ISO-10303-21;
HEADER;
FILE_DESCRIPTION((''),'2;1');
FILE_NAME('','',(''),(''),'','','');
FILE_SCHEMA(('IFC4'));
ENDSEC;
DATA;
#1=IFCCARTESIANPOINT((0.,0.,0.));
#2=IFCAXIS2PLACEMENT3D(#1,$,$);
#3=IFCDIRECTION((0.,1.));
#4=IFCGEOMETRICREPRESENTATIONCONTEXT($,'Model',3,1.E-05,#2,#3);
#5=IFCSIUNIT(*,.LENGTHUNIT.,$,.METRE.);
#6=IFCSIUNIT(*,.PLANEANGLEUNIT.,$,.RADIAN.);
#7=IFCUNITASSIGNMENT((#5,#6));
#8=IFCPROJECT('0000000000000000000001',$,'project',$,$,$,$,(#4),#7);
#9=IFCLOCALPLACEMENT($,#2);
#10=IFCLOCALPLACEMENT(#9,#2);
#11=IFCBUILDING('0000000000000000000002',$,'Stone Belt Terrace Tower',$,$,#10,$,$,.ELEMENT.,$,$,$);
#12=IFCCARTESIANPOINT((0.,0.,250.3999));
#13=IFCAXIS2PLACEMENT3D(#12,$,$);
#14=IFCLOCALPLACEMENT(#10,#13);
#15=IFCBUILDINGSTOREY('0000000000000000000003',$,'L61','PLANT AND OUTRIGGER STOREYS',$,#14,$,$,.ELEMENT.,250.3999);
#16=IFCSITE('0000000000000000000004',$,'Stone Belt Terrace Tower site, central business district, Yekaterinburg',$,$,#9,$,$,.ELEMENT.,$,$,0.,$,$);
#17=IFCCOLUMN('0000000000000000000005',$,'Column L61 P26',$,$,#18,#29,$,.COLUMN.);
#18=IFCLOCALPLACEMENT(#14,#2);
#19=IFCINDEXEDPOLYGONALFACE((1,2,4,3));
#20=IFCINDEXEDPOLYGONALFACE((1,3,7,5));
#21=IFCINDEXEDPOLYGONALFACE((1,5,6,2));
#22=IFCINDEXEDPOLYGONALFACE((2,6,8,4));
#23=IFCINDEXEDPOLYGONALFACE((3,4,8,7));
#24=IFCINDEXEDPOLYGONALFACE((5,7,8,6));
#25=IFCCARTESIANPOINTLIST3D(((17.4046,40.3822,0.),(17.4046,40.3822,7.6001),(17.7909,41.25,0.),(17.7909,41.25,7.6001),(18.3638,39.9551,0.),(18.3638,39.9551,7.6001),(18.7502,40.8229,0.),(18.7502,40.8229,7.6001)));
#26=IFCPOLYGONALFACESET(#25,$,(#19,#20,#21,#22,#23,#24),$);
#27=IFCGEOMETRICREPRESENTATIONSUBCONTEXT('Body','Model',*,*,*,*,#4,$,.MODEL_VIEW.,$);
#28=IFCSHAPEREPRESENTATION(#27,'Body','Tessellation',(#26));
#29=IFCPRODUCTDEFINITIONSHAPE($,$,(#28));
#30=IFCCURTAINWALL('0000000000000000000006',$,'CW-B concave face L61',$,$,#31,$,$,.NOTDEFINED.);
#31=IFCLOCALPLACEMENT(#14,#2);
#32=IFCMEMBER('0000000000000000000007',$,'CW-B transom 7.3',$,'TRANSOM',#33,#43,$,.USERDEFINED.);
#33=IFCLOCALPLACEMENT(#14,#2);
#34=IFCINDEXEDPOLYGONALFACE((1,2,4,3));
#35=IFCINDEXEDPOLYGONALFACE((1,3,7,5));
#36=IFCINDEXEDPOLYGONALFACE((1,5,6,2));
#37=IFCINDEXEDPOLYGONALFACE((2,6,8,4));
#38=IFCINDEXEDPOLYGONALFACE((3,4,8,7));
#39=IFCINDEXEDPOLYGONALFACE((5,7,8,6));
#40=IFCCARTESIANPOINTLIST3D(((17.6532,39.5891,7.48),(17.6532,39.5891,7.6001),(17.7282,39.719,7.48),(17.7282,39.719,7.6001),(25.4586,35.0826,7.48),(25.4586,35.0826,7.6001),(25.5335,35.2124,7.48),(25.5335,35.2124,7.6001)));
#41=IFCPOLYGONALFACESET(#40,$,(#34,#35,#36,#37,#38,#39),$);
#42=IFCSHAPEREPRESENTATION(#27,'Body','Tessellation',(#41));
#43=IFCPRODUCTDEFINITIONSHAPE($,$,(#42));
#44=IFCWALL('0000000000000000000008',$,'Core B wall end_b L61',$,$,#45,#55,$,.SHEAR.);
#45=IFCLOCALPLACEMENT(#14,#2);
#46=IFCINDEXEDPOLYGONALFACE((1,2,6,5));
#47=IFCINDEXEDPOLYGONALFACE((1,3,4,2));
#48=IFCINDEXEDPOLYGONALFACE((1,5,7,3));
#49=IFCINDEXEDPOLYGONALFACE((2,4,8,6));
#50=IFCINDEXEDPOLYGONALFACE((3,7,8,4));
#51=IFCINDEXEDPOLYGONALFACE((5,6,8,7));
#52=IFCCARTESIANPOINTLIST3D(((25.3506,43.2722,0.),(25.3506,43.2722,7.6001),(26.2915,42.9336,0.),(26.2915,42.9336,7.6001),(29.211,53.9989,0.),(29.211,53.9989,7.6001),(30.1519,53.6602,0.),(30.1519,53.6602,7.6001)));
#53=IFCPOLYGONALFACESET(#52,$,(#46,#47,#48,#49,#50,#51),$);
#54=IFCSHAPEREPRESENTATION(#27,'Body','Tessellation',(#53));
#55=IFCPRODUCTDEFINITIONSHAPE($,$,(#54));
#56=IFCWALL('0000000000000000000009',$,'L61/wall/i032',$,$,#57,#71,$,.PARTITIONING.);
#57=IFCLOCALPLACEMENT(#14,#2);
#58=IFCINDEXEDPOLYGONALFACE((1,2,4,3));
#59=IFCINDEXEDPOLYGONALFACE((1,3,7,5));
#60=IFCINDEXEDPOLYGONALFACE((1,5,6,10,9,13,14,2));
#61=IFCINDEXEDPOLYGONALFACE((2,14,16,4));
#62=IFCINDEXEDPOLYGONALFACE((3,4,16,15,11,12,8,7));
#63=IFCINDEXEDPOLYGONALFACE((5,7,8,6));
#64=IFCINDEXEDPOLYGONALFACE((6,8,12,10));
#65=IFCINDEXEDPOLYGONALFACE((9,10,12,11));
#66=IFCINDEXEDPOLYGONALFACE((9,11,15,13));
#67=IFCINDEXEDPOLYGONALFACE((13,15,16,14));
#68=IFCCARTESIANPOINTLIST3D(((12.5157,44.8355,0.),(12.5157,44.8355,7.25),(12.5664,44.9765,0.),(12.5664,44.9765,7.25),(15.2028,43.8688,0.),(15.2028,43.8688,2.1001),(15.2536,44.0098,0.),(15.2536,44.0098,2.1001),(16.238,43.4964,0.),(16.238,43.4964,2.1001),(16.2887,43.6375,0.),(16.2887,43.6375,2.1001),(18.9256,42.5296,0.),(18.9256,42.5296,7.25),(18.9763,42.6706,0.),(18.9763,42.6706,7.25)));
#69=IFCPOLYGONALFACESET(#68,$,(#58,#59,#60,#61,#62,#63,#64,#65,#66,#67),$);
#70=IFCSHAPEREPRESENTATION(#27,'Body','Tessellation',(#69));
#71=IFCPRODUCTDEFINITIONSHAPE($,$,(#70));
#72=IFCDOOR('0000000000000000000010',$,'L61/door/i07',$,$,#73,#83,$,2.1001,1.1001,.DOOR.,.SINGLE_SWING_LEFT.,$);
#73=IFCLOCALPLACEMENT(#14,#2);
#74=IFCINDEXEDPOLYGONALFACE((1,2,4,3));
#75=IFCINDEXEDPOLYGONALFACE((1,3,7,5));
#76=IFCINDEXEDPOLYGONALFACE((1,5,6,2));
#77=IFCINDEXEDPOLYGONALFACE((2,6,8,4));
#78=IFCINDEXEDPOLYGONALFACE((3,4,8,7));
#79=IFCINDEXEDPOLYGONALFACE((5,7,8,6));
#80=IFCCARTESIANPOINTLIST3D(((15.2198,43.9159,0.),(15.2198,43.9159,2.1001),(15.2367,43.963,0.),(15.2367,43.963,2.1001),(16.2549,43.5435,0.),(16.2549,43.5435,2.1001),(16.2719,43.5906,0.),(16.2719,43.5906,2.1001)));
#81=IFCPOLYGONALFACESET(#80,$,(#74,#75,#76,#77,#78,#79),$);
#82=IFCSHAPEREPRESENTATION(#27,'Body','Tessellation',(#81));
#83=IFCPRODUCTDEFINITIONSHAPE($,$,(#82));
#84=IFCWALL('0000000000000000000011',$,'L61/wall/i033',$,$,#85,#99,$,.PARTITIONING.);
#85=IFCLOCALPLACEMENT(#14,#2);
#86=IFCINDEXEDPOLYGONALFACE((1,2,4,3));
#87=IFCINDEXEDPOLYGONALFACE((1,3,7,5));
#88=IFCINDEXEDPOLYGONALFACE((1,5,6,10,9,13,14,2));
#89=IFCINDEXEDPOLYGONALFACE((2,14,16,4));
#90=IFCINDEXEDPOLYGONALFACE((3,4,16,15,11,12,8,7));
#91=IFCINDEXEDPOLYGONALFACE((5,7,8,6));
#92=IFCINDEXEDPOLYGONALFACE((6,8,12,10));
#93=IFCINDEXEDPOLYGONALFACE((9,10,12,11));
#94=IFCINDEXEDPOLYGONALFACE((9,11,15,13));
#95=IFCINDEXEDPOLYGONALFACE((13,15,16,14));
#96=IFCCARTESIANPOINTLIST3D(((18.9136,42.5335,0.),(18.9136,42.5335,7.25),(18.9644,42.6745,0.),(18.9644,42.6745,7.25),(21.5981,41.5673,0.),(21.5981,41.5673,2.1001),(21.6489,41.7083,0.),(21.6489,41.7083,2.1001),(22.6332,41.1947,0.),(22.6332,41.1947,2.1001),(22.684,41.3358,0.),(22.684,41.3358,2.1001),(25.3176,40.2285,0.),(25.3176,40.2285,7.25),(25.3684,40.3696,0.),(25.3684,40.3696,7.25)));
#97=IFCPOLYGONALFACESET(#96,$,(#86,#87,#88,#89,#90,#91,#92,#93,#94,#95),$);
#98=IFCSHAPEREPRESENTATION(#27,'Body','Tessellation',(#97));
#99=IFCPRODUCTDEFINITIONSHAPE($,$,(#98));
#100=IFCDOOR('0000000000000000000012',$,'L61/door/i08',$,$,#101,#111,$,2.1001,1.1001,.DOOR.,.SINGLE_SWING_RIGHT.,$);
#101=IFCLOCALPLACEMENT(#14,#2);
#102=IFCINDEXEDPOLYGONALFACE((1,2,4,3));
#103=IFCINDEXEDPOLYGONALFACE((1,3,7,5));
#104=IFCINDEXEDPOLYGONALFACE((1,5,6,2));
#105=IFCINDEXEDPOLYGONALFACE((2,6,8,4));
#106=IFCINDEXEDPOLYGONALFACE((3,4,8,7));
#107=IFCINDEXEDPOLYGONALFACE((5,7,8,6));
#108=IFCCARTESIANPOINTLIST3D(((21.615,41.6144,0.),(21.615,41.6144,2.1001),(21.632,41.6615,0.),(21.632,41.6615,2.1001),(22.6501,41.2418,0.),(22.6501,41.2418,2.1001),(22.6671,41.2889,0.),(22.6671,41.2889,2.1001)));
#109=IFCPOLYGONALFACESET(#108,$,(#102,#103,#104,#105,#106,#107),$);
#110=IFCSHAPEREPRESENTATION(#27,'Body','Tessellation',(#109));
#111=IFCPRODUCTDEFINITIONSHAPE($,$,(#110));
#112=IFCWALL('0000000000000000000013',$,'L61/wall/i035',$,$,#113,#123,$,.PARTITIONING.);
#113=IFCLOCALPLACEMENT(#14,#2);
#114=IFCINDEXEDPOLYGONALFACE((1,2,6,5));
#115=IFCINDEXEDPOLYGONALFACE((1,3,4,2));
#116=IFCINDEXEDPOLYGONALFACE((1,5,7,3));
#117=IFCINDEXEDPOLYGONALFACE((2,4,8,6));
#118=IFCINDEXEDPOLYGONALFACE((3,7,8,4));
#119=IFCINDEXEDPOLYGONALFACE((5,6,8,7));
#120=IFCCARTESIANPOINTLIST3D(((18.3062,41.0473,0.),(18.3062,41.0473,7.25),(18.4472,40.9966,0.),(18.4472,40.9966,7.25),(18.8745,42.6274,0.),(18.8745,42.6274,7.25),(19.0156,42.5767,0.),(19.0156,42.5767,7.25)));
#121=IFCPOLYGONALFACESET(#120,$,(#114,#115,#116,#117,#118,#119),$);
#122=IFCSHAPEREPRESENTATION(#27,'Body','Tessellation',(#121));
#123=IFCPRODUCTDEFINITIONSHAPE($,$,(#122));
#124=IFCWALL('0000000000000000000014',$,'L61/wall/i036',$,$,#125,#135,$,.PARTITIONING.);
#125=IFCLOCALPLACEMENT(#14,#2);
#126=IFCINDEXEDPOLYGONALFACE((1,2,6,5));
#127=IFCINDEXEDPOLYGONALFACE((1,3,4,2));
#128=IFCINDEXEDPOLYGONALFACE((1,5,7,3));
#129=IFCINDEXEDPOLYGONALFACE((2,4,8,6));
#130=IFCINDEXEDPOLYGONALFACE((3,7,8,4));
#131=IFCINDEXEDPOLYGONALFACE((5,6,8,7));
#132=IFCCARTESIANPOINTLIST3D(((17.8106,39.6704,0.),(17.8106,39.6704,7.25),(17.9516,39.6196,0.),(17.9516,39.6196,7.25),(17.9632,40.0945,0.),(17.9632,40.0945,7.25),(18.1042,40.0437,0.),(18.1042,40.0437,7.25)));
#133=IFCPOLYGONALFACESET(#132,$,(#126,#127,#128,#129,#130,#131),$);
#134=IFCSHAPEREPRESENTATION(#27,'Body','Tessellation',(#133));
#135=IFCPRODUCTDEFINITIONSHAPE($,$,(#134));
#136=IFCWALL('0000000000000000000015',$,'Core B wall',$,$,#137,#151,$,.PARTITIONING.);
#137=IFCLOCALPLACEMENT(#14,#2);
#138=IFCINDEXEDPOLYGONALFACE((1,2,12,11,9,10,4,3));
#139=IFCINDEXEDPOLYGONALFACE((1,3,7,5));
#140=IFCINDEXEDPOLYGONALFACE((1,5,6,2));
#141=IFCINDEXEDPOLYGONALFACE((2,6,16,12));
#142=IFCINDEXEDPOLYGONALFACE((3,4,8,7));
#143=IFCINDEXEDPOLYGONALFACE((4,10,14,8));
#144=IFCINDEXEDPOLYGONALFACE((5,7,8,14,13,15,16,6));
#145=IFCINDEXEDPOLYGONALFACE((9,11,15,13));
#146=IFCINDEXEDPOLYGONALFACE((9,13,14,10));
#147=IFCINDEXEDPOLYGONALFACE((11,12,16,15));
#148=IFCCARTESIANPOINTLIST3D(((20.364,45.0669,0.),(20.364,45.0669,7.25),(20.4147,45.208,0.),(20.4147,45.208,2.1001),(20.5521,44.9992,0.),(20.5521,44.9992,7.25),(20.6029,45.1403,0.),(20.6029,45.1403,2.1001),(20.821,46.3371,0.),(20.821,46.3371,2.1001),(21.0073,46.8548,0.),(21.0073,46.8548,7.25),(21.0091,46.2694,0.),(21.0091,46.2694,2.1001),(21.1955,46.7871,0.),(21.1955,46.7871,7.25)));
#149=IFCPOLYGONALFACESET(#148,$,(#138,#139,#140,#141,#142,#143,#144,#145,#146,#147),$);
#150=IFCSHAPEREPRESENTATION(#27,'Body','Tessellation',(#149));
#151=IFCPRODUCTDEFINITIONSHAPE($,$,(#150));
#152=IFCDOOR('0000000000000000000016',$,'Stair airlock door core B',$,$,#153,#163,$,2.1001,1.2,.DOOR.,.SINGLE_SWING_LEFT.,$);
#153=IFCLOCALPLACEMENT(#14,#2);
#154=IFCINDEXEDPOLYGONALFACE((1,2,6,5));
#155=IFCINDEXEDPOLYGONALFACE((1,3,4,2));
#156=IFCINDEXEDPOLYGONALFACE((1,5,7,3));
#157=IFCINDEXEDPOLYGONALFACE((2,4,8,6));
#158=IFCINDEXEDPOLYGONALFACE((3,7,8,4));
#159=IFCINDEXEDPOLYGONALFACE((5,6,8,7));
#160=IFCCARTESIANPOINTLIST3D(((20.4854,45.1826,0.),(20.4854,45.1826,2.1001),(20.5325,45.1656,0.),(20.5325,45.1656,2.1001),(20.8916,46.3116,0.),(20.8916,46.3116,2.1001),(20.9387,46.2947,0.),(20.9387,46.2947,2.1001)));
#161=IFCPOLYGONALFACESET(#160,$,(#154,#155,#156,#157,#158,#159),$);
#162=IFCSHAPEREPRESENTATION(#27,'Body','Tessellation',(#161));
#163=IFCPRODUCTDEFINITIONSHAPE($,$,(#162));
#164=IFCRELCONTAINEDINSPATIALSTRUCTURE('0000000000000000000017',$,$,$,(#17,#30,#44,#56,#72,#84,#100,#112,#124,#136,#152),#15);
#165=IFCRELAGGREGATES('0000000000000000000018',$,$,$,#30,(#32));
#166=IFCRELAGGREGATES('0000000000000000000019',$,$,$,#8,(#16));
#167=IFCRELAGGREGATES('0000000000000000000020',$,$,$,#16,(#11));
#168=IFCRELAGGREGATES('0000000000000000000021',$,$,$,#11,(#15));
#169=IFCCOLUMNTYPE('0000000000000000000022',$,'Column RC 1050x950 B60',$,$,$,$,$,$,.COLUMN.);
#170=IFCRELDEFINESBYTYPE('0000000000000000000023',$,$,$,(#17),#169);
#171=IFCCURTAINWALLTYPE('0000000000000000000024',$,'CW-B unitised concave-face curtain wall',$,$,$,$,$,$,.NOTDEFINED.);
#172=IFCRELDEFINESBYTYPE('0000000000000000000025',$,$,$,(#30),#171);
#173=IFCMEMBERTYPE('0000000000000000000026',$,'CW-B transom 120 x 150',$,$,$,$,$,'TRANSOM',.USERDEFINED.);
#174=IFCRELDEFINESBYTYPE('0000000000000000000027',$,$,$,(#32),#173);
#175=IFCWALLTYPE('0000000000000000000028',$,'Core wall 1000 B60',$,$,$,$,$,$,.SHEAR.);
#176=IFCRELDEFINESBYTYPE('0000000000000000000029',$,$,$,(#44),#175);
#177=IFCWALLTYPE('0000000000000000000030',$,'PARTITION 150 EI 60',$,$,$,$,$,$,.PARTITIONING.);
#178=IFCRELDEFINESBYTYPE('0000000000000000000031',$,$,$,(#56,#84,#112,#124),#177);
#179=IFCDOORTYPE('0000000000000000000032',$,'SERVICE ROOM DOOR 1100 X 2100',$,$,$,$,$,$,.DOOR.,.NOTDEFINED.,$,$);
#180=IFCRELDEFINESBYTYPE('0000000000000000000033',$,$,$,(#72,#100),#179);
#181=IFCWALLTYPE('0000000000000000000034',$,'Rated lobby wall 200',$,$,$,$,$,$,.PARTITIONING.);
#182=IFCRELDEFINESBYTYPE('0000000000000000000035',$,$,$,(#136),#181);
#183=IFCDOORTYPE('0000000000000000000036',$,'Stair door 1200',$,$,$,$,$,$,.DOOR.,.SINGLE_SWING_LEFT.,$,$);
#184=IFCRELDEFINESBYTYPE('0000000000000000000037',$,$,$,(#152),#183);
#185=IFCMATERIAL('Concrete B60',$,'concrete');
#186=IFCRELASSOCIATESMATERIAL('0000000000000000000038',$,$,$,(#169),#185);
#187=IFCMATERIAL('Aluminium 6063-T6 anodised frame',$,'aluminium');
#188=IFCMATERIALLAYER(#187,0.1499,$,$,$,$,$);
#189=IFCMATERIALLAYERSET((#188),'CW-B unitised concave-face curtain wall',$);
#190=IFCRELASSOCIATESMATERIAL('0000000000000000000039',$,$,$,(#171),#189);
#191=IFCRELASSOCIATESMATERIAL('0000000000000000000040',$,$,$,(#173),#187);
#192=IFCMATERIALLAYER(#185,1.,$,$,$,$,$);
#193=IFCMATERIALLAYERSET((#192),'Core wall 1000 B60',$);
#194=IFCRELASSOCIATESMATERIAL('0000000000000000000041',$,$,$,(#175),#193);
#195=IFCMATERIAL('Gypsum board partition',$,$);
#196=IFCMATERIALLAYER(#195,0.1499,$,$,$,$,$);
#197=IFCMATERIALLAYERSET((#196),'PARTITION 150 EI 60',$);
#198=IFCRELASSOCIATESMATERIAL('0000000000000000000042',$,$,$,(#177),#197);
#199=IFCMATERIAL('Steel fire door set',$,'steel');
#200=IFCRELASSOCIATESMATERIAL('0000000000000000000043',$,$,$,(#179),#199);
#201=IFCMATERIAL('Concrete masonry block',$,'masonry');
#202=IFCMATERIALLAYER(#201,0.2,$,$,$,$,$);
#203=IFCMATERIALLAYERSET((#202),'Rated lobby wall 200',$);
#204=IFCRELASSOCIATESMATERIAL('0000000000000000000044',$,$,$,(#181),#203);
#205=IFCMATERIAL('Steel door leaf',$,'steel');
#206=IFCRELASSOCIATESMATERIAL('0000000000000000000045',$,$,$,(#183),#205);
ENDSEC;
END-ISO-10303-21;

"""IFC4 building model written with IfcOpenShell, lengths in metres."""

from ifc_helpers import new_model, si_unit, direction, frame, frame_2d, origin, origin_2d, place, context, subcontext, project, spatial, rectangle, extrude, material, layer, layer_set, material_profile, profile_set, type_object, element, fill, aggregate, save


model = new_model("IFC4")

# Units and contexts
model_context = context("Model", 3, precision=1e-05, world=origin(), true_north=direction((0.0, 1.0)))
body_context = subcontext(model_context, "Body", "Model", "MODEL_VIEW")
ifc_project = project(units=[si_unit("LENGTHUNIT", "METRE"), si_unit("PLANEANGLEUNIT", "RADIAN")], contexts=[model_context])

# Site, building, storey
site_placement = place(None, origin())
site = spatial("IfcSite", under=ifc_project, at=site_placement, Name="Stone Belt Terrace Tower site, central business district, Yekaterinburg", CompositionType="ELEMENT", RefElevation=0.0)
building_placement = place(site_placement, origin())
building = spatial("IfcBuilding", under=site, at=building_placement, Name="Stone Belt Terrace Tower", CompositionType="ELEMENT")
storey_placement = place(building_placement, frame((0.0, 0.0, 250.3999)))
storey = spatial("IfcBuildingStorey", under=building, at=storey_placement, Name="L61", Description="PLANT AND OUTRIGGER STOREYS", CompositionType="ELEMENT", Elevation=250.3999)

# Column
ifc_material_1 = material(Name="Concrete B60", Category="concrete")
ifc_material_profile_1 = material_profile(ifc_material_1, rectangle(XDim=1.05, YDim=0.95, at=origin_2d()), Name="RC 1050x950")
ifc_profile_set_1 = profile_set([ifc_material_profile_1], Name="Concrete B60")
column_type = type_object("IfcColumnType", Name="Column RC 1050x950 B60", PredefinedType="COLUMN", material=ifc_profile_set_1)
column_placement = place(storey_placement, frame((18.0774, 40.6025, 0.0), z_axis=(0.0, 0.0, 1.0), x_axis=(0.913545, -0.406737, 0.0)))
element("IfcColumn", 1, at=column_placement, inside=storey, type_object=column_type, Name="Column L61 P26", PredefinedType="COLUMN", context=body_context, shape_type="SweptSolid", body=[
    extrude(rectangle(XDim=1.05, YDim=0.95, at=origin_2d()), origin(), (0.0, 0.0, 1.0), 7.6001),
])

# Curtain wall, member
ifc_material_2 = material(Name="Aluminium 6063-T6 anodised frame", Category="aluminium")
ifc_layer_1 = layer(ifc_material_2, 0.1499)
ifc_layer_set_1 = layer_set([ifc_layer_1], Name="CW-B unitised concave-face curtain wall")
curtain_wall_type = type_object("IfcCurtainWallType", Name="CW-B unitised concave-face curtain wall", PredefinedType="NOTDEFINED", material=ifc_layer_set_1)
curtain_wall_placement = place(storey_placement, origin())
curtain_wall = element("IfcCurtainWall", 2, at=curtain_wall_placement, inside=storey, type_object=curtain_wall_type, Name="CW-B concave face L61", PredefinedType="NOTDEFINED")
ifc_material_profile_2 = material_profile(ifc_material_2, rectangle(XDim=0.1499, YDim=0.1201, at=origin_2d()), Name="Aluminium 6063-T6 150x120")
ifc_profile_set_2 = profile_set([ifc_material_profile_2], Name="Aluminium 6063-T6 anodised frame")
member_type = type_object("IfcMemberType", Name="CW-B transom 120 x 150", ElementType="TRANSOM", PredefinedType="USERDEFINED", material=ifc_profile_set_2)
member_placement = place(storey_placement, frame((17.6907, 39.6541, 7.54), z_axis=(0.866019, -0.500011, 0.0), x_axis=(0.500011, 0.866019, 0.0)))
member = element("IfcMember", 3, at=member_placement, type_object=member_type, Name="CW-B transom 7.3", ObjectType="TRANSOM", PredefinedType="USERDEFINED", context=body_context, shape_type="SweptSolid", body=[
    extrude(rectangle(XDim=0.1499, YDim=0.1201, at=origin_2d()), origin(), (0.0, 0.0, 1.0), 9.0129),
])
aggregate(curtain_wall, [member])

# Wall
ifc_layer_2 = layer(ifc_material_1, 1.0)
ifc_layer_set_2 = layer_set([ifc_layer_2], Name="Core wall 1000 B60")
wall_type_1 = type_object("IfcWallType", Name="Core wall 1000 B60", PredefinedType="SHEAR", material=ifc_layer_set_2)
wall_1_placement = place(storey_placement, frame((25.821, 43.1028, 0.0), z_axis=(0.0, 0.0, 1.0), x_axis=(0.338625, 0.940921, 0.0)))
element("IfcWall", 4, at=wall_1_placement, inside=storey, type_object=wall_type_1, Name="Core B wall end_b L61", PredefinedType="SHEAR", context=body_context, shape_type="SweptSolid", body=[
    extrude(rectangle(XDim=11.4001, YDim=1.0, at=frame_2d((5.7002, 0.0))), origin(), (0.0, 0.0, 1.0), 7.6001),
])

# Walls, openings, doors
ifc_material_3 = material(Name="Gypsum board partition")
ifc_layer_3 = layer(ifc_material_3, 0.1499)
ifc_layer_set_3 = layer_set([ifc_layer_3], Name="PARTITION 150 EI 60")
wall_type_2 = type_object("IfcWallType", Name="PARTITION 150 EI 60", PredefinedType="PARTITIONING", material=ifc_layer_set_3)
wall_2_placement = place(storey_placement, frame((18.9509, 42.6001, 0.0), z_axis=(0.0, 0.0, 1.0), x_axis=(-0.940965, 0.338504, 0.0)))
wall_2 = element("IfcWall", 5, at=wall_2_placement, inside=storey, type_object=wall_type_2, Name="L61/wall/i032", PredefinedType="PARTITIONING", context=body_context, shape_type="SweptSolid", body=[
    extrude(rectangle(XDim=6.812, YDim=0.1499, at=frame_2d((3.406, 0.0))), origin(), (0.0, 0.0, 1.0), 7.25),
])
opening_1_placement = place(wall_2_placement, frame((2.8562, 0.0, 0.0)))
opening_1 = element("IfcOpeningElement", 6, at=opening_1_placement, cuts=wall_2, PredefinedType="OPENING", context=body_context, shape_type="SweptSolid", body=[
    extrude(rectangle(XDim=1.1001, YDim=2.1001, at=frame_2d((0.55, 1.05))), frame((0.0, 0.085, 0.0), z_axis=(0.0, -1.0, 0.0), x_axis=(1.0, 0.0, 0.0)), (0.0, 0.0, 1.0), 0.1699),
])
ifc_material_4 = material(Name="Steel fire door set", Category="steel")
door_type_1 = type_object("IfcDoorType", Name="SERVICE ROOM DOOR 1100 X 2100", OperationType="NOTDEFINED", PredefinedType="DOOR", material=ifc_material_4)
door_1_placement = place(opening_1_placement, origin())
door_1 = element("IfcDoor", 7, at=door_1_placement, inside=storey, type_object=door_type_1, Name="L61/door/i07", OperationType="SINGLE_SWING_LEFT", OverallHeight=2.1001, OverallWidth=1.1001, PredefinedType="DOOR", context=body_context, shape_type="SweptSolid", body=[
    extrude(rectangle(XDim=1.1001, YDim=2.1001, at=frame_2d((0.55, 1.05))), frame((0.0, 0.0249, 0.0), z_axis=(0.0, -1.0, 0.0), x_axis=(1.0, 0.0, 0.0)), (0.0, 0.0, 1.0), 0.05),
])
fill(opening_1, door_1)
wall_3_placement = place(storey_placement, frame((25.343, 40.2991, 0.0), z_axis=(0.0, 0.0, 1.0), x_axis=(-0.940912, 0.338651, 0.0)))
wall_3 = element("IfcWall", 8, at=wall_3_placement, inside=storey, type_object=wall_type_2, Name="L61/wall/i033", PredefinedType="PARTITIONING", context=body_context, shape_type="SweptSolid", body=[
    extrude(rectangle(XDim=6.8062, YDim=0.1499, at=frame_2d((3.4031, 0.0))), origin(), (0.0, 0.0, 1.0), 7.25),
])
opening_2_placement = place(wall_3_placement, frame((2.853, 0.0, 0.0)))
opening_2 = element("IfcOpeningElement", 9, at=opening_2_placement, cuts=wall_3, PredefinedType="OPENING", context=body_context, shape_type="SweptSolid", body=[
    extrude(rectangle(XDim=1.1001, YDim=2.1001, at=frame_2d((0.55, 1.05))), frame((0.0, 0.085, 0.0), z_axis=(0.0, -1.0, 0.0), x_axis=(1.0, 0.0, 0.0)), (0.0, 0.0, 1.0), 0.1699),
])
door_2_placement = place(opening_2_placement, origin())
door_2 = element("IfcDoor", 10, at=door_2_placement, inside=storey, type_object=door_type_1, Name="L61/door/i08", OperationType="SINGLE_SWING_RIGHT", OverallHeight=2.1001, OverallWidth=1.1001, PredefinedType="DOOR", context=body_context, shape_type="SweptSolid", body=[
    extrude(rectangle(XDim=1.1001, YDim=2.1001, at=frame_2d((0.55, 1.05))), frame((0.0, 0.0249, 0.0), z_axis=(0.0, -1.0, 0.0), x_axis=(1.0, 0.0, 0.0)), (0.0, 0.0, 1.0), 0.05),
])
fill(opening_2, door_2)

# Walls
wall_4_placement = place(storey_placement, frame((18.9451, 42.6021, 0.0), z_axis=(0.0, 0.0, 1.0), x_axis=(-0.338472, -0.940976, 0.0)))
element("IfcWall", 11, at=wall_4_placement, inside=storey, type_object=wall_type_2, Name="L61/wall/i035", PredefinedType="PARTITIONING", context=body_context, shape_type="SweptSolid", body=[
    extrude(rectangle(XDim=1.6792, YDim=0.1499, at=frame_2d((0.8396, 0.0))), origin(), (0.0, 0.0, 1.0), 7.25),
])
wall_5_placement = place(storey_placement, frame((18.0337, 40.0691, 0.0), z_axis=(0.0, 0.0, 1.0), x_axis=(-0.338566, -0.940943, 0.0)))
element("IfcWall", 12, at=wall_5_placement, inside=storey, type_object=wall_type_2, Name="L61/wall/i036", PredefinedType="PARTITIONING", context=body_context, shape_type="SweptSolid", body=[
    extrude(rectangle(XDim=0.4507, YDim=0.1499, at=frame_2d((0.2253, 0.0))), origin(), (0.0, 0.0, 1.0), 7.25),
])

# Wall, opening, door
ifc_material_5 = material(Name="Concrete masonry block", Category="masonry")
ifc_layer_4 = layer(ifc_material_5, 0.2)
ifc_layer_set_4 = layer_set([ifc_layer_4], Name="Rated lobby wall 200")
wall_type_3 = type_object("IfcWallType", Name="Rated lobby wall 200", PredefinedType="PARTITIONING", material=ifc_layer_set_4)
wall_6_placement = place(storey_placement, frame((20.458, 45.033, 0.0), z_axis=(0.0, 0.0, 1.0), x_axis=(0.338574, 0.94094, 0.0)))
wall_6 = element("IfcWall", 13, at=wall_6_placement, inside=storey, type_object=wall_type_3, Name="Core B wall", PredefinedType="PARTITIONING", context=body_context, shape_type="SweptSolid", body=[
    extrude(rectangle(XDim=1.9001, YDim=0.2, at=frame_2d((0.9502, 0.0))), origin(), (0.0, 0.0, 1.0), 7.25),
])
opening_3_placement = place(wall_6_placement, frame((0.1499, 0.0, 0.0)))
opening_3 = element("IfcOpeningElement", 14, at=opening_3_placement, cuts=wall_6, PredefinedType="OPENING", context=body_context, shape_type="SweptSolid", body=[
    extrude(rectangle(XDim=1.2, YDim=2.1001, at=frame_2d((0.6001, 1.05))), frame((0.0, 0.1099, 0.0), z_axis=(0.0, -1.0, 0.0), x_axis=(1.0, 0.0, 0.0)), (0.0, 0.0, 1.0), 0.22),
])
ifc_material_6 = material(Name="Steel door leaf", Category="steel")
door_type_2 = type_object("IfcDoorType", Name="Stair door 1200", OperationType="SINGLE_SWING_LEFT", PredefinedType="DOOR", material=ifc_material_6)
door_3_placement = place(opening_3_placement, origin())
door_3 = element("IfcDoor", 15, at=door_3_placement, inside=storey, type_object=door_type_2, Name="Stair airlock door core B", OperationType="SINGLE_SWING_LEFT", OverallHeight=2.1001, OverallWidth=1.2, PredefinedType="DOOR", context=body_context, shape_type="SweptSolid", body=[
    extrude(rectangle(XDim=1.2, YDim=2.1001, at=frame_2d((0.6001, 1.05))), frame((0.0, 0.0249, 0.0), z_axis=(0.0, -1.0, 0.0), x_axis=(1.0, 0.0, 0.0)), (0.0, 0.0, 1.0), 0.05),
])
fill(opening_3, door_3)

save(model, "model.ifc")
